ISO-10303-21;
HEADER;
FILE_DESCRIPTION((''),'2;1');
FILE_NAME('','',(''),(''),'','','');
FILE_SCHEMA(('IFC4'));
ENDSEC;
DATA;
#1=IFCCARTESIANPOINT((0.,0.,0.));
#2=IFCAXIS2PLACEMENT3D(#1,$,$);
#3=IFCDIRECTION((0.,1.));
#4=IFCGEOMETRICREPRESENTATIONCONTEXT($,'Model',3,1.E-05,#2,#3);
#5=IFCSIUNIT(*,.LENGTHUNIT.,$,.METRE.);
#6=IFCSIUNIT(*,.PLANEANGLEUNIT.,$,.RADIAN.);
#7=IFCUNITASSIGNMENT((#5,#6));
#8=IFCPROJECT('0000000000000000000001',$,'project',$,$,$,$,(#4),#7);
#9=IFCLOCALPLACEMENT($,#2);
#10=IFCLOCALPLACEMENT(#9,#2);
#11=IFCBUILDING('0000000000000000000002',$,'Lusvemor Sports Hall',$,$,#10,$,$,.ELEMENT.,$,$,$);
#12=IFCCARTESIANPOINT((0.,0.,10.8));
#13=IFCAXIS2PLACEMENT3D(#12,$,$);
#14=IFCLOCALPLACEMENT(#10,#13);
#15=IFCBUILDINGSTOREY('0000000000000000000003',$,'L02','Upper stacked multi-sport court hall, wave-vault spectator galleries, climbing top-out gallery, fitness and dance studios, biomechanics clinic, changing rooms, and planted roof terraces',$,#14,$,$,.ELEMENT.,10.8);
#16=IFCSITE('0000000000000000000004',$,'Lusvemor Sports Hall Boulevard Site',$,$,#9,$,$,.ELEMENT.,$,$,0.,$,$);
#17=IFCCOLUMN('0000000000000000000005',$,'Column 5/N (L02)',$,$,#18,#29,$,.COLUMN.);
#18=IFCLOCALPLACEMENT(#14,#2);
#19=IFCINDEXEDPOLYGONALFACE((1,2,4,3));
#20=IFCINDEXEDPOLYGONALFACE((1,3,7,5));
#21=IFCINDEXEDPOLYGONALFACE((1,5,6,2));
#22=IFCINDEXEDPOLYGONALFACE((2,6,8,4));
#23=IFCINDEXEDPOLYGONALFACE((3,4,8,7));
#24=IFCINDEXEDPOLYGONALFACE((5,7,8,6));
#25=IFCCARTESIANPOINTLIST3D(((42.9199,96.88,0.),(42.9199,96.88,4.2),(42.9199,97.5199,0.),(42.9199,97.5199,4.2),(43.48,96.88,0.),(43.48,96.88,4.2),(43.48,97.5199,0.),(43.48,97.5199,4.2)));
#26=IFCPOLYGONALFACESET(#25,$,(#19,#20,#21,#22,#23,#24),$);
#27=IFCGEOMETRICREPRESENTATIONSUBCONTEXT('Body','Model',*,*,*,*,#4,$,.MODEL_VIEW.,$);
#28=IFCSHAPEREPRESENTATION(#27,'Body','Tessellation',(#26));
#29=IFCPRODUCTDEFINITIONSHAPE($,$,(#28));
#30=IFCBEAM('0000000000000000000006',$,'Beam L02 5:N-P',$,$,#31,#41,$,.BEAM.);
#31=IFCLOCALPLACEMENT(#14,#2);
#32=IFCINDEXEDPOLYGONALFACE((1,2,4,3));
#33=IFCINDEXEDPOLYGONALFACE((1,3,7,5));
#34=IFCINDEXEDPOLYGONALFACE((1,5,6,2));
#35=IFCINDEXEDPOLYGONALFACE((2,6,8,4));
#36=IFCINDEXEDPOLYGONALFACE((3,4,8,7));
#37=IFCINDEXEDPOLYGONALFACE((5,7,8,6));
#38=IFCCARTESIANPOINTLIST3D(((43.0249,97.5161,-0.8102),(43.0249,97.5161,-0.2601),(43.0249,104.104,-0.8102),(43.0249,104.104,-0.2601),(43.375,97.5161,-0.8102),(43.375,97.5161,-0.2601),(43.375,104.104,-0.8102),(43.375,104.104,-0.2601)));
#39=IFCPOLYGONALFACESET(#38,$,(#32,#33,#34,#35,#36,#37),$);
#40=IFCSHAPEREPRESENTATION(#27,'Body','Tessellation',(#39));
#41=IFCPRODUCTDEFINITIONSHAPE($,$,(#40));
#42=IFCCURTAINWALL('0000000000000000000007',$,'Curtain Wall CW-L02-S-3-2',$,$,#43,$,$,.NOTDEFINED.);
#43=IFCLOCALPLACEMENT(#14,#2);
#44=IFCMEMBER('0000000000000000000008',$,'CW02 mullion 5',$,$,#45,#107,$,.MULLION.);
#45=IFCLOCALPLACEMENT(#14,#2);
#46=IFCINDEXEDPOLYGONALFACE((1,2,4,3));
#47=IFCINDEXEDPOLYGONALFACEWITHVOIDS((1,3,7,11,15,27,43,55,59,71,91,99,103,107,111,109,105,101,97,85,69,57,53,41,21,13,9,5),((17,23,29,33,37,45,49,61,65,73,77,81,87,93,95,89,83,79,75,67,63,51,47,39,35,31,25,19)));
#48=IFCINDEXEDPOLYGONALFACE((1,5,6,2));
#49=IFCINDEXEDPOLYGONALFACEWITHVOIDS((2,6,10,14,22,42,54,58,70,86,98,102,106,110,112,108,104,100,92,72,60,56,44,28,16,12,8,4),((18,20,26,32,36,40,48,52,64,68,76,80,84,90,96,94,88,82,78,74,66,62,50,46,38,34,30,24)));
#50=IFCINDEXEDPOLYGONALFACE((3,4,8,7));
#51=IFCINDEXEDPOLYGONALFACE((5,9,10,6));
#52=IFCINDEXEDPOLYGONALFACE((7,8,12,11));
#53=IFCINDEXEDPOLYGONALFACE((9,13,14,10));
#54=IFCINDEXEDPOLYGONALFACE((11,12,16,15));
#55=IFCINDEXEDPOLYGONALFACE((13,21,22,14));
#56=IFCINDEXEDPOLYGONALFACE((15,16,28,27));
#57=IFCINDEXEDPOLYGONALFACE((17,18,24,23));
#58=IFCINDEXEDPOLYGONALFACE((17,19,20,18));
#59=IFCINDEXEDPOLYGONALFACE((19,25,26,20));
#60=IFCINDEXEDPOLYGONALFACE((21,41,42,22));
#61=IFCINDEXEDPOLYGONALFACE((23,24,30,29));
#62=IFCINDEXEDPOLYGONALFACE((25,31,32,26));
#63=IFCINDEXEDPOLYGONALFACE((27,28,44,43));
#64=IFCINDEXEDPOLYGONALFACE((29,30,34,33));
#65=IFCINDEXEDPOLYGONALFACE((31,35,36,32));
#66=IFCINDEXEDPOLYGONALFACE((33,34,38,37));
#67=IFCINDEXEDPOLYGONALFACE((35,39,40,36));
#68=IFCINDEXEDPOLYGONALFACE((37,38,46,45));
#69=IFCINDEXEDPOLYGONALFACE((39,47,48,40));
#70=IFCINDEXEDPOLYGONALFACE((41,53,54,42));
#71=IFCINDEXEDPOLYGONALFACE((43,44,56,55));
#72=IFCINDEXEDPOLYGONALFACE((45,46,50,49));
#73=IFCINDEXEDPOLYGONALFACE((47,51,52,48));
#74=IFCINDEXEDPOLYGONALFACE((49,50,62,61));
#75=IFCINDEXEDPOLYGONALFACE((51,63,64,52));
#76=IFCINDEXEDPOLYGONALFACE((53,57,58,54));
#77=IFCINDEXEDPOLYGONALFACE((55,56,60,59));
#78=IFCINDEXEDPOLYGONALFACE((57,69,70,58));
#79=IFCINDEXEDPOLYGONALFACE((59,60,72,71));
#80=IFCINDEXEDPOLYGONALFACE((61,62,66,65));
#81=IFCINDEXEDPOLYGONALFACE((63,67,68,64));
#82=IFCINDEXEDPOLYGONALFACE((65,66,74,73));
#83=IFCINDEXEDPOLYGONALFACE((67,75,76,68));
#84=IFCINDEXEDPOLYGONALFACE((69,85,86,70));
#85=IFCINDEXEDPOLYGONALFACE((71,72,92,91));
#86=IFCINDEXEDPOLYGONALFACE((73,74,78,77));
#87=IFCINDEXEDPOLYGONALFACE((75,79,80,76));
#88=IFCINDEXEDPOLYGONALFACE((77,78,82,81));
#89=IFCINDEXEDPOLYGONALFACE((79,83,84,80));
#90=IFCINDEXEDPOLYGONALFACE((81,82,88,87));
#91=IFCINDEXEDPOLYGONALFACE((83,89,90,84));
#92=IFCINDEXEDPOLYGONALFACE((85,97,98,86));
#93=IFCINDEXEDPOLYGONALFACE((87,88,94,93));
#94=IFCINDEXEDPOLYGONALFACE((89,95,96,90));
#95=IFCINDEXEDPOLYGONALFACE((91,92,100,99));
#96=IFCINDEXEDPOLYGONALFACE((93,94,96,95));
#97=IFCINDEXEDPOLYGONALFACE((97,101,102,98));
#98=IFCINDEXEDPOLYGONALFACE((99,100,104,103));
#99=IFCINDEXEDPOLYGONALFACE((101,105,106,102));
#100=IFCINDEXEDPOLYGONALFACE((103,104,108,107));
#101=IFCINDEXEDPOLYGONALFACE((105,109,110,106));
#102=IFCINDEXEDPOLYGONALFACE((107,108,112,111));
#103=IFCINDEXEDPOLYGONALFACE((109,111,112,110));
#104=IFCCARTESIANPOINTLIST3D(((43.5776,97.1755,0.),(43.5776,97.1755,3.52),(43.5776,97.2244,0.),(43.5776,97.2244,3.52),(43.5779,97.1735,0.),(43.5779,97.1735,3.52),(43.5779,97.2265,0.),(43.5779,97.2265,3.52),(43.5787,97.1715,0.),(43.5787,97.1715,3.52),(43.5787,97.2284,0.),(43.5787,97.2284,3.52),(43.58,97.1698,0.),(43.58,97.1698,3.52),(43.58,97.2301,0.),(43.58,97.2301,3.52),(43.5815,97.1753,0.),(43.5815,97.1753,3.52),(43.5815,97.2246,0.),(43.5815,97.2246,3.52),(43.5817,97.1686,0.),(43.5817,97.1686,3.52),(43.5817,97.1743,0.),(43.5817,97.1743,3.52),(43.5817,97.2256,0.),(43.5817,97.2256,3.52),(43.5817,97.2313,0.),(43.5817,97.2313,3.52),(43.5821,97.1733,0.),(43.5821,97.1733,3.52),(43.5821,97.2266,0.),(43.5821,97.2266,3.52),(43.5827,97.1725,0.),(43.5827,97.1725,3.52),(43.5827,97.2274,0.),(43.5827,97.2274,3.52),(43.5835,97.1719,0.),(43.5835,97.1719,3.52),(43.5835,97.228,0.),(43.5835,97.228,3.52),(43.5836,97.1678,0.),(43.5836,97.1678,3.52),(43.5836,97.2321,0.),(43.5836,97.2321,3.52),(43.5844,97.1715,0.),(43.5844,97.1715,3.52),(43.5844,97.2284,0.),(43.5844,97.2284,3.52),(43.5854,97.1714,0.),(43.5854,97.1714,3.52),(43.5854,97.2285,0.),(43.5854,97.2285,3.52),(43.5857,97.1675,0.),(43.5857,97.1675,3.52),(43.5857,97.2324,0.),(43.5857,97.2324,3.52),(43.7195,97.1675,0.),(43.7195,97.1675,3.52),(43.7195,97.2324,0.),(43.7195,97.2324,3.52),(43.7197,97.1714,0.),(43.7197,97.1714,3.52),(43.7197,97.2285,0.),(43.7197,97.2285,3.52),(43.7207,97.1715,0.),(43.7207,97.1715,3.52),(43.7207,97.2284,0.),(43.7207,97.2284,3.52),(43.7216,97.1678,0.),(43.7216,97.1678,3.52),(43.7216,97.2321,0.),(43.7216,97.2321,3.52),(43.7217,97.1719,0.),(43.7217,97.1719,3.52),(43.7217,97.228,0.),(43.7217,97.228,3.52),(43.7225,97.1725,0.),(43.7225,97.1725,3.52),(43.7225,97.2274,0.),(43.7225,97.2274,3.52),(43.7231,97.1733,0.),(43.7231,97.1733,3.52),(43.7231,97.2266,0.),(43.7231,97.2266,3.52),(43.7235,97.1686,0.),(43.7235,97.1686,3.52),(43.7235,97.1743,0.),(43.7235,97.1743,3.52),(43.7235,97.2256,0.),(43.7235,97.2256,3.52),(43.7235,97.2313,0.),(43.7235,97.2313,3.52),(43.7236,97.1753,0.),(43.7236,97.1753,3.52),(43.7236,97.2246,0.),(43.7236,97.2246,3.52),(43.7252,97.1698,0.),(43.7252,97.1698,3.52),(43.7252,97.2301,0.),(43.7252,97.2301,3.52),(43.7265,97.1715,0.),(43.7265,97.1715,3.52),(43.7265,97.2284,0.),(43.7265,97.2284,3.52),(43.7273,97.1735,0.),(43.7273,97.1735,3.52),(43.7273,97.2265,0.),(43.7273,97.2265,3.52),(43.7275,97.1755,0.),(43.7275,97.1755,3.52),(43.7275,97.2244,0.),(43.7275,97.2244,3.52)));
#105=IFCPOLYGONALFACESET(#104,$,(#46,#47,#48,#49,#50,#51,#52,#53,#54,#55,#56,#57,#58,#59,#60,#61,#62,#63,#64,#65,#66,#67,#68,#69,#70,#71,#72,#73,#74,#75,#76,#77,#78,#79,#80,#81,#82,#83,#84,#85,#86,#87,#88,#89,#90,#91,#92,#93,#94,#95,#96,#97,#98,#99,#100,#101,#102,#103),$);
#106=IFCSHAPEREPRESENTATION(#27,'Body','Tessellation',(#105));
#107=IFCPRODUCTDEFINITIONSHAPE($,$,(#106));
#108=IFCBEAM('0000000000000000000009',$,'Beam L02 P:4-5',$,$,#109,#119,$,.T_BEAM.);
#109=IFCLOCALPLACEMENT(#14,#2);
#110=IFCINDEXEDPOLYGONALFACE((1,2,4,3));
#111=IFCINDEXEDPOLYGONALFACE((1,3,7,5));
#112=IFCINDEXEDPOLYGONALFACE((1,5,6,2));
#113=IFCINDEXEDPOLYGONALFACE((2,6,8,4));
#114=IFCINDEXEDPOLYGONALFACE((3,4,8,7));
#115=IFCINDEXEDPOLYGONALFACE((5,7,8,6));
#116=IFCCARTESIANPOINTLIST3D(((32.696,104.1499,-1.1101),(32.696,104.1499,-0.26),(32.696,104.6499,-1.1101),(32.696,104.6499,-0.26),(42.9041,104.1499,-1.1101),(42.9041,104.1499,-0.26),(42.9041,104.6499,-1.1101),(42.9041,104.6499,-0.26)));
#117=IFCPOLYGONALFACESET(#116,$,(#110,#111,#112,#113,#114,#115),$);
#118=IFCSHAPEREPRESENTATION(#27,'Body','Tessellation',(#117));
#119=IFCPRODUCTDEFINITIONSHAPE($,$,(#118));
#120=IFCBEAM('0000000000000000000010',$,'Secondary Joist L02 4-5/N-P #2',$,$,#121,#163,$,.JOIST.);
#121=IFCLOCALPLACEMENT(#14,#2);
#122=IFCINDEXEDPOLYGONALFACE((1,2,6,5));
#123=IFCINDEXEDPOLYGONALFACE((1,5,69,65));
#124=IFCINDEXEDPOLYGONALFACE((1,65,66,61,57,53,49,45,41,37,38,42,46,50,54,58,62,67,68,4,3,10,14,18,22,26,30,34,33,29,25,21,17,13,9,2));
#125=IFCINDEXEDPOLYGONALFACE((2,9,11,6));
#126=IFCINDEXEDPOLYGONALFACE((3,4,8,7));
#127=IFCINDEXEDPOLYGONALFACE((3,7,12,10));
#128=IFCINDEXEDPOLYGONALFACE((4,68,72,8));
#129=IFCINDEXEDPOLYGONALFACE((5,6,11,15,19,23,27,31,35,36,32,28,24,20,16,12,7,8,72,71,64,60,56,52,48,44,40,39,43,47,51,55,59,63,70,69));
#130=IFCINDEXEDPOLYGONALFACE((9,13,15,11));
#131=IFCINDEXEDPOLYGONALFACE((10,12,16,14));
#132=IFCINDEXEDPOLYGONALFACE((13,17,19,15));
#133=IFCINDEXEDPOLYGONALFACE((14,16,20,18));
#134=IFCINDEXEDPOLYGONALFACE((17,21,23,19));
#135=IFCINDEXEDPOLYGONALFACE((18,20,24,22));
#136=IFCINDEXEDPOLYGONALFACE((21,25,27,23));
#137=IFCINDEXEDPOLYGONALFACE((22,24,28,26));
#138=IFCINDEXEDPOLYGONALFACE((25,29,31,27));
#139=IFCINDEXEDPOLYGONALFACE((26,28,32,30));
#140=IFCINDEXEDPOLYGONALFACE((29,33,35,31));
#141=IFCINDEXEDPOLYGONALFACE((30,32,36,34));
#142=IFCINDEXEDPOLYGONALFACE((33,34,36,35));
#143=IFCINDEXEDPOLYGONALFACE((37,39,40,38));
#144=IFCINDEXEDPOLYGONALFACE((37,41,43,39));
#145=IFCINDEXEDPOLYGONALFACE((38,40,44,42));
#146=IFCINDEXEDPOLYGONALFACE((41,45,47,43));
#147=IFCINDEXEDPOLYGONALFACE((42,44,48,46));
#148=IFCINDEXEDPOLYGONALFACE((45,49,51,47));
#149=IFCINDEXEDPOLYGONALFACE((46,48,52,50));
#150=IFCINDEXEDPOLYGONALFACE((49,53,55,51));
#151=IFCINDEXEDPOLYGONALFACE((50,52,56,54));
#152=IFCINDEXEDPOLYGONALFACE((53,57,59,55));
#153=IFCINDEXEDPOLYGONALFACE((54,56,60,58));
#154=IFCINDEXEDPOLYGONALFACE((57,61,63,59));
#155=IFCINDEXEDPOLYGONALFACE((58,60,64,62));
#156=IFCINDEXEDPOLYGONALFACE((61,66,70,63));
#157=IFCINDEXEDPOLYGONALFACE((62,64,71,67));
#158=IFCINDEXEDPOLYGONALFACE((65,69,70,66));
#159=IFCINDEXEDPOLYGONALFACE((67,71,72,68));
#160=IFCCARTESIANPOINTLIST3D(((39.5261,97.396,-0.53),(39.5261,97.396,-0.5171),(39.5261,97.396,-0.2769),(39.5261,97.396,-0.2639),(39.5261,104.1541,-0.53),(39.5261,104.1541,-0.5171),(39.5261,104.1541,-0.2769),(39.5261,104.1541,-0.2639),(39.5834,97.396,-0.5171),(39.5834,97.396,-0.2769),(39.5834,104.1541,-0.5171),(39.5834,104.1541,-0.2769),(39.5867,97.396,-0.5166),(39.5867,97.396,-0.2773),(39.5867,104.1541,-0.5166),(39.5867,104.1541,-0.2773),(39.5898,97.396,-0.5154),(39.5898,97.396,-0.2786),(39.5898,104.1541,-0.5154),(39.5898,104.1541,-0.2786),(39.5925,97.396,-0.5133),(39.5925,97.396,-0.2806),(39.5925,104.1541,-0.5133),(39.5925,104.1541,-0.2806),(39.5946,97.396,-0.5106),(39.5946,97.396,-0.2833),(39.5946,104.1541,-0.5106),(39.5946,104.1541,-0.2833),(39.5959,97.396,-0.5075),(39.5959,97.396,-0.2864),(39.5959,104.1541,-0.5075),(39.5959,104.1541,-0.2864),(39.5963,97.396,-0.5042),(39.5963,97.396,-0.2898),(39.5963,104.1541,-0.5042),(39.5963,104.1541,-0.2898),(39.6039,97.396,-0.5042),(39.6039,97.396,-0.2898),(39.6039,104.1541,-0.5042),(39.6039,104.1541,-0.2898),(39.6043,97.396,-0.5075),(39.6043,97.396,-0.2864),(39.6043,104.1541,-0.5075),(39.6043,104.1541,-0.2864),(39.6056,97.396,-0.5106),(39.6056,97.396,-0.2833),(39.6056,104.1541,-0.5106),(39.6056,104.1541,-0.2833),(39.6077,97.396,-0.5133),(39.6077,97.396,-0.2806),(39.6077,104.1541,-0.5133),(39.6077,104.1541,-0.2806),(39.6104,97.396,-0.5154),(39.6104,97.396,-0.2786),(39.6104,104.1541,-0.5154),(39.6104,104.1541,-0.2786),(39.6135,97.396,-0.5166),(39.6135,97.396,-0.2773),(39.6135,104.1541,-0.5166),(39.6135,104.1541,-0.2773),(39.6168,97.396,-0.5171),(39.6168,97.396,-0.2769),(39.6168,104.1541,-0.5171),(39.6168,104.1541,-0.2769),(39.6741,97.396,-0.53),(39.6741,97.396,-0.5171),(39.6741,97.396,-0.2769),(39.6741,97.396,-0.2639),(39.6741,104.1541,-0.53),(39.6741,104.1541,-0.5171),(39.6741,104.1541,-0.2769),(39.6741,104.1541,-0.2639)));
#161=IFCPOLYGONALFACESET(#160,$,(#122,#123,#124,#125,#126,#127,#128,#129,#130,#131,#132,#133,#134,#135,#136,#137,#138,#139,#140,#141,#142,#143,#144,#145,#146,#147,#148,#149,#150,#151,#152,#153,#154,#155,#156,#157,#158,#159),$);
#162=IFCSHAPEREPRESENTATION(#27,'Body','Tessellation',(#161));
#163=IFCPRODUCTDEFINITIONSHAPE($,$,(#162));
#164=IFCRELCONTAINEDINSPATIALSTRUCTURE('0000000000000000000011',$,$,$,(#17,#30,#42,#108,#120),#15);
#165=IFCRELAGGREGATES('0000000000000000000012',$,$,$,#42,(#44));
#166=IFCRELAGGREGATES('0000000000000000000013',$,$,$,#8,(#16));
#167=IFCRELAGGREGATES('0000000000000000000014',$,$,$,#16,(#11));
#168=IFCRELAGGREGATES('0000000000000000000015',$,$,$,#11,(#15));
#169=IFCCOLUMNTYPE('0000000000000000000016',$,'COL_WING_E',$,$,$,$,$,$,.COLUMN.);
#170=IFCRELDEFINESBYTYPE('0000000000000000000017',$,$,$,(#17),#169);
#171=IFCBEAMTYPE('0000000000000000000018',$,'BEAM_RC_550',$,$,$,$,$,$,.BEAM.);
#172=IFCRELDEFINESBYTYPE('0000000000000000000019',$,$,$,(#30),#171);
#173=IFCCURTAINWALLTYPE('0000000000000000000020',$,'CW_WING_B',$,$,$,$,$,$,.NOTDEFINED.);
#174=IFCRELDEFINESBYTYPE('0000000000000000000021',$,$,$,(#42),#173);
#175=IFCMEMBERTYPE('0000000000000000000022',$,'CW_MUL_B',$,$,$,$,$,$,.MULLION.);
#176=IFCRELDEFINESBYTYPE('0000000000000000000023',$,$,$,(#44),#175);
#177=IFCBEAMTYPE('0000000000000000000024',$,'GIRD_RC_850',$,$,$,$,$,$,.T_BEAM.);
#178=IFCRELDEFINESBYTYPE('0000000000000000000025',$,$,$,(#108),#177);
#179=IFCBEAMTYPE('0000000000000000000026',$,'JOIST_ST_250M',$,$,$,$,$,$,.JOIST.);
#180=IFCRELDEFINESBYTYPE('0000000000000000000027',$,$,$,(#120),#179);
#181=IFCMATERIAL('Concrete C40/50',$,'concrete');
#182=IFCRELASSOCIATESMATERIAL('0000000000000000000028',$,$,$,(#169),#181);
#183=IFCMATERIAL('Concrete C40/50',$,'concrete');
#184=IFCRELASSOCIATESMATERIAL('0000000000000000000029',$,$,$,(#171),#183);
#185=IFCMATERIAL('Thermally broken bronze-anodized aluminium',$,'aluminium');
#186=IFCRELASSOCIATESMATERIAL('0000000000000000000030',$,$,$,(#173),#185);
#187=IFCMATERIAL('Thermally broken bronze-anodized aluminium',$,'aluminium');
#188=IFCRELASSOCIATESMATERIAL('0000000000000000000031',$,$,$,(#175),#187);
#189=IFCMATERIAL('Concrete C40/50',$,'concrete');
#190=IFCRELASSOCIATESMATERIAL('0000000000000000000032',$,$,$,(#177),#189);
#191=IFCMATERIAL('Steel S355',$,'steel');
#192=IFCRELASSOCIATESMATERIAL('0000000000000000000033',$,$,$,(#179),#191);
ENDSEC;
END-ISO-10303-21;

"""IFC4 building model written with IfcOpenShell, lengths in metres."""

from ifc_helpers import new_model, si_unit, direction, frame, origin, origin_2d, place, context, subcontext, project, spatial, rectangle, hollow_rectangle, i_section, extrude, material, material_profile, profile_set, type_object, element, aggregate, save


model = new_model("IFC4")

# Units and contexts
model_context = context("Model", 3, precision=1e-05, world=origin(), true_north=direction((0.0, 1.0)))
body_context = subcontext(model_context, "Body", "Model", "MODEL_VIEW")
ifc_project = project(units=[si_unit("LENGTHUNIT", "METRE"), si_unit("PLANEANGLEUNIT", "RADIAN")], contexts=[model_context])

# Site, building, storey
site_placement = place(None, origin())
site = spatial("IfcSite", under=ifc_project, at=site_placement, Name="Lusvemor Sports Hall Boulevard Site", CompositionType="ELEMENT", RefElevation=0.0)
building_placement = place(site_placement, origin())
building = spatial("IfcBuilding", under=site, at=building_placement, Name="Lusvemor Sports Hall", CompositionType="ELEMENT")
storey_placement = place(building_placement, frame((0.0, 0.0, 10.8)))
storey = spatial("IfcBuildingStorey", under=building, at=storey_placement, Name="L02", Description="Upper stacked multi-sport court hall, wave-vault spectator galleries, climbing top-out gallery, fitness and dance studios, biomechanics clinic, changing rooms, and planted roof terraces", CompositionType="ELEMENT", Elevation=10.8)

# Column
ifc_material_1 = material(Name="Concrete C40/50", Category="concrete")
ifc_material_profile_1 = material_profile(ifc_material_1, rectangle(XDim=0.5601, YDim=0.6399, at=origin_2d()), Name="RC560x640")
ifc_profile_set_1 = profile_set([ifc_material_profile_1], Name="Concrete C40/50")
column_type = type_object("IfcColumnType", Name="COL_WING_E", PredefinedType="COLUMN", material=ifc_profile_set_1)
column_placement = place(storey_placement, frame((43.2, 97.2, 0.0), z_axis=(0.0, 0.0, 1.0), x_axis=(1.0, 0.0, 0.0)))
element("IfcColumn", 1, at=column_placement, inside=storey, type_object=column_type, Name="Column 5/N (L02)", PredefinedType="COLUMN", context=body_context, shape_type="SweptSolid", body=[
    extrude(rectangle(XDim=0.5601, YDim=0.6399, at=origin_2d()), origin(), (0.0, 0.0, 1.0), 4.2),
])

# Beam
ifc_material_2 = material(Name="Concrete C40/50", Category="concrete")
ifc_material_profile_2 = material_profile(ifc_material_2, rectangle(XDim=0.3501, YDim=0.55, at=origin_2d()), Name="RC350x550")
ifc_profile_set_2 = profile_set([ifc_material_profile_2], Name="Concrete C40/50")
beam_type_1 = type_object("IfcBeamType", Name="BEAM_RC_550", PredefinedType="BEAM", material=ifc_profile_set_2)
beam_1_placement = place(storey_placement, frame((43.2, 97.5161, -0.5352), z_axis=(0.0, 1.0, 0.0), x_axis=(-1.0, 0.0, 0.0)))
element("IfcBeam", 2, at=beam_1_placement, inside=storey, type_object=beam_type_1, Name="Beam L02 5:N-P", PredefinedType="BEAM", context=body_context, shape_type="SweptSolid", body=[
    extrude(rectangle(XDim=0.3501, YDim=0.55, at=origin_2d()), origin(), (0.0, 0.0, 1.0), 6.5879),
])

# Curtain wall, member
ifc_material_3 = material(Name="Thermally broken bronze-anodized aluminium", Category="aluminium")
curtain_wall_type = type_object("IfcCurtainWallType", Name="CW_WING_B", PredefinedType="NOTDEFINED", material=ifc_material_3)
curtain_wall_placement = place(storey_placement, origin())
curtain_wall = element("IfcCurtainWall", 3, at=curtain_wall_placement, inside=storey, type_object=curtain_wall_type, Name="Curtain Wall CW-L02-S-3-2", PredefinedType="NOTDEFINED")
ifc_material_4 = material(Name="Thermally broken bronze-anodized aluminium", Category="aluminium")
ifc_material_profile_3 = material_profile(ifc_material_4, hollow_rectangle(XDim=0.0649, YDim=0.1499, WallThickness=0.0039, InnerFilletRadius=0.0039, OuterFilletRadius=0.0081, at=origin_2d()), Name="CWMUL150x65x4")
ifc_profile_set_3 = profile_set([ifc_material_profile_3], Name="Thermally broken bronze-anodized aluminium")
member_type = type_object("IfcMemberType", Name="CW_MUL_B", PredefinedType="MULLION", material=ifc_profile_set_3)
member_placement = place(storey_placement, frame((43.6526, 97.2, 0.0), z_axis=(0.0, 0.0, 1.0), x_axis=(0.0, -1.0, 0.0)))
member = element("IfcMember", 4, at=member_placement, type_object=member_type, Name="CW02 mullion 5", PredefinedType="MULLION", context=body_context, shape_type="SweptSolid", body=[
    extrude(hollow_rectangle(XDim=0.0649, YDim=0.1499, WallThickness=0.0039, InnerFilletRadius=0.0039, OuterFilletRadius=0.0081, at=origin_2d()), origin(), (0.0, 0.0, 1.0), 3.52),
])
aggregate(curtain_wall, [member])

# Beams
ifc_material_5 = material(Name="Concrete C40/50", Category="concrete")
ifc_material_profile_4 = material_profile(ifc_material_5, rectangle(XDim=0.5, YDim=0.8501, at=origin_2d()), Name="RC500x850")
ifc_profile_set_4 = profile_set([ifc_material_profile_4], Name="Concrete C40/50")
beam_type_2 = type_object("IfcBeamType", Name="GIRD_RC_850", PredefinedType="T_BEAM", material=ifc_profile_set_4)
beam_2_placement = place(storey_placement, frame((32.696, 104.3999, -0.6851), z_axis=(1.0, 0.0, 0.0), x_axis=(0.0, 1.0, 0.0)))
element("IfcBeam", 5, at=beam_2_placement, inside=storey, type_object=beam_type_2, Name="Beam L02 P:4-5", PredefinedType="T_BEAM", context=body_context, shape_type="SweptSolid", body=[
    extrude(rectangle(XDim=0.5, YDim=0.8501, at=origin_2d()), origin(), (0.0, 0.0, 1.0), 10.208),
])
ifc_material_6 = material(Name="Steel S355", Category="steel")
ifc_material_profile_5 = material_profile(ifc_material_6, i_section(OverallWidth=0.1479, OverallDepth=0.2661, WebThickness=0.0076, FlangeThickness=0.0129, FilletRadius=0.0129, at=origin_2d()), Name="W250x44.8")
ifc_profile_set_5 = profile_set([ifc_material_profile_5], Name="Steel S355")
beam_type_3 = type_object("IfcBeamType", Name="JOIST_ST_250M", PredefinedType="JOIST", material=ifc_profile_set_5)
beam_3_placement = place(storey_placement, frame((39.6001, 97.396, -0.397), z_axis=(0.0, 1.0, 0.0), x_axis=(-1.0, 0.0, 0.0)))
element("IfcBeam", 6, at=beam_3_placement, inside=storey, type_object=beam_type_3, Name="Secondary Joist L02 4-5/N-P #2", PredefinedType="JOIST", context=body_context, shape_type="SweptSolid", body=[
    extrude(i_section(OverallWidth=0.1479, OverallDepth=0.2661, WebThickness=0.0076, FlangeThickness=0.0129, FilletRadius=0.0129, at=origin_2d()), origin(), (0.0, 0.0, 1.0), 6.7581),
])

save(model, "model.ifc")
